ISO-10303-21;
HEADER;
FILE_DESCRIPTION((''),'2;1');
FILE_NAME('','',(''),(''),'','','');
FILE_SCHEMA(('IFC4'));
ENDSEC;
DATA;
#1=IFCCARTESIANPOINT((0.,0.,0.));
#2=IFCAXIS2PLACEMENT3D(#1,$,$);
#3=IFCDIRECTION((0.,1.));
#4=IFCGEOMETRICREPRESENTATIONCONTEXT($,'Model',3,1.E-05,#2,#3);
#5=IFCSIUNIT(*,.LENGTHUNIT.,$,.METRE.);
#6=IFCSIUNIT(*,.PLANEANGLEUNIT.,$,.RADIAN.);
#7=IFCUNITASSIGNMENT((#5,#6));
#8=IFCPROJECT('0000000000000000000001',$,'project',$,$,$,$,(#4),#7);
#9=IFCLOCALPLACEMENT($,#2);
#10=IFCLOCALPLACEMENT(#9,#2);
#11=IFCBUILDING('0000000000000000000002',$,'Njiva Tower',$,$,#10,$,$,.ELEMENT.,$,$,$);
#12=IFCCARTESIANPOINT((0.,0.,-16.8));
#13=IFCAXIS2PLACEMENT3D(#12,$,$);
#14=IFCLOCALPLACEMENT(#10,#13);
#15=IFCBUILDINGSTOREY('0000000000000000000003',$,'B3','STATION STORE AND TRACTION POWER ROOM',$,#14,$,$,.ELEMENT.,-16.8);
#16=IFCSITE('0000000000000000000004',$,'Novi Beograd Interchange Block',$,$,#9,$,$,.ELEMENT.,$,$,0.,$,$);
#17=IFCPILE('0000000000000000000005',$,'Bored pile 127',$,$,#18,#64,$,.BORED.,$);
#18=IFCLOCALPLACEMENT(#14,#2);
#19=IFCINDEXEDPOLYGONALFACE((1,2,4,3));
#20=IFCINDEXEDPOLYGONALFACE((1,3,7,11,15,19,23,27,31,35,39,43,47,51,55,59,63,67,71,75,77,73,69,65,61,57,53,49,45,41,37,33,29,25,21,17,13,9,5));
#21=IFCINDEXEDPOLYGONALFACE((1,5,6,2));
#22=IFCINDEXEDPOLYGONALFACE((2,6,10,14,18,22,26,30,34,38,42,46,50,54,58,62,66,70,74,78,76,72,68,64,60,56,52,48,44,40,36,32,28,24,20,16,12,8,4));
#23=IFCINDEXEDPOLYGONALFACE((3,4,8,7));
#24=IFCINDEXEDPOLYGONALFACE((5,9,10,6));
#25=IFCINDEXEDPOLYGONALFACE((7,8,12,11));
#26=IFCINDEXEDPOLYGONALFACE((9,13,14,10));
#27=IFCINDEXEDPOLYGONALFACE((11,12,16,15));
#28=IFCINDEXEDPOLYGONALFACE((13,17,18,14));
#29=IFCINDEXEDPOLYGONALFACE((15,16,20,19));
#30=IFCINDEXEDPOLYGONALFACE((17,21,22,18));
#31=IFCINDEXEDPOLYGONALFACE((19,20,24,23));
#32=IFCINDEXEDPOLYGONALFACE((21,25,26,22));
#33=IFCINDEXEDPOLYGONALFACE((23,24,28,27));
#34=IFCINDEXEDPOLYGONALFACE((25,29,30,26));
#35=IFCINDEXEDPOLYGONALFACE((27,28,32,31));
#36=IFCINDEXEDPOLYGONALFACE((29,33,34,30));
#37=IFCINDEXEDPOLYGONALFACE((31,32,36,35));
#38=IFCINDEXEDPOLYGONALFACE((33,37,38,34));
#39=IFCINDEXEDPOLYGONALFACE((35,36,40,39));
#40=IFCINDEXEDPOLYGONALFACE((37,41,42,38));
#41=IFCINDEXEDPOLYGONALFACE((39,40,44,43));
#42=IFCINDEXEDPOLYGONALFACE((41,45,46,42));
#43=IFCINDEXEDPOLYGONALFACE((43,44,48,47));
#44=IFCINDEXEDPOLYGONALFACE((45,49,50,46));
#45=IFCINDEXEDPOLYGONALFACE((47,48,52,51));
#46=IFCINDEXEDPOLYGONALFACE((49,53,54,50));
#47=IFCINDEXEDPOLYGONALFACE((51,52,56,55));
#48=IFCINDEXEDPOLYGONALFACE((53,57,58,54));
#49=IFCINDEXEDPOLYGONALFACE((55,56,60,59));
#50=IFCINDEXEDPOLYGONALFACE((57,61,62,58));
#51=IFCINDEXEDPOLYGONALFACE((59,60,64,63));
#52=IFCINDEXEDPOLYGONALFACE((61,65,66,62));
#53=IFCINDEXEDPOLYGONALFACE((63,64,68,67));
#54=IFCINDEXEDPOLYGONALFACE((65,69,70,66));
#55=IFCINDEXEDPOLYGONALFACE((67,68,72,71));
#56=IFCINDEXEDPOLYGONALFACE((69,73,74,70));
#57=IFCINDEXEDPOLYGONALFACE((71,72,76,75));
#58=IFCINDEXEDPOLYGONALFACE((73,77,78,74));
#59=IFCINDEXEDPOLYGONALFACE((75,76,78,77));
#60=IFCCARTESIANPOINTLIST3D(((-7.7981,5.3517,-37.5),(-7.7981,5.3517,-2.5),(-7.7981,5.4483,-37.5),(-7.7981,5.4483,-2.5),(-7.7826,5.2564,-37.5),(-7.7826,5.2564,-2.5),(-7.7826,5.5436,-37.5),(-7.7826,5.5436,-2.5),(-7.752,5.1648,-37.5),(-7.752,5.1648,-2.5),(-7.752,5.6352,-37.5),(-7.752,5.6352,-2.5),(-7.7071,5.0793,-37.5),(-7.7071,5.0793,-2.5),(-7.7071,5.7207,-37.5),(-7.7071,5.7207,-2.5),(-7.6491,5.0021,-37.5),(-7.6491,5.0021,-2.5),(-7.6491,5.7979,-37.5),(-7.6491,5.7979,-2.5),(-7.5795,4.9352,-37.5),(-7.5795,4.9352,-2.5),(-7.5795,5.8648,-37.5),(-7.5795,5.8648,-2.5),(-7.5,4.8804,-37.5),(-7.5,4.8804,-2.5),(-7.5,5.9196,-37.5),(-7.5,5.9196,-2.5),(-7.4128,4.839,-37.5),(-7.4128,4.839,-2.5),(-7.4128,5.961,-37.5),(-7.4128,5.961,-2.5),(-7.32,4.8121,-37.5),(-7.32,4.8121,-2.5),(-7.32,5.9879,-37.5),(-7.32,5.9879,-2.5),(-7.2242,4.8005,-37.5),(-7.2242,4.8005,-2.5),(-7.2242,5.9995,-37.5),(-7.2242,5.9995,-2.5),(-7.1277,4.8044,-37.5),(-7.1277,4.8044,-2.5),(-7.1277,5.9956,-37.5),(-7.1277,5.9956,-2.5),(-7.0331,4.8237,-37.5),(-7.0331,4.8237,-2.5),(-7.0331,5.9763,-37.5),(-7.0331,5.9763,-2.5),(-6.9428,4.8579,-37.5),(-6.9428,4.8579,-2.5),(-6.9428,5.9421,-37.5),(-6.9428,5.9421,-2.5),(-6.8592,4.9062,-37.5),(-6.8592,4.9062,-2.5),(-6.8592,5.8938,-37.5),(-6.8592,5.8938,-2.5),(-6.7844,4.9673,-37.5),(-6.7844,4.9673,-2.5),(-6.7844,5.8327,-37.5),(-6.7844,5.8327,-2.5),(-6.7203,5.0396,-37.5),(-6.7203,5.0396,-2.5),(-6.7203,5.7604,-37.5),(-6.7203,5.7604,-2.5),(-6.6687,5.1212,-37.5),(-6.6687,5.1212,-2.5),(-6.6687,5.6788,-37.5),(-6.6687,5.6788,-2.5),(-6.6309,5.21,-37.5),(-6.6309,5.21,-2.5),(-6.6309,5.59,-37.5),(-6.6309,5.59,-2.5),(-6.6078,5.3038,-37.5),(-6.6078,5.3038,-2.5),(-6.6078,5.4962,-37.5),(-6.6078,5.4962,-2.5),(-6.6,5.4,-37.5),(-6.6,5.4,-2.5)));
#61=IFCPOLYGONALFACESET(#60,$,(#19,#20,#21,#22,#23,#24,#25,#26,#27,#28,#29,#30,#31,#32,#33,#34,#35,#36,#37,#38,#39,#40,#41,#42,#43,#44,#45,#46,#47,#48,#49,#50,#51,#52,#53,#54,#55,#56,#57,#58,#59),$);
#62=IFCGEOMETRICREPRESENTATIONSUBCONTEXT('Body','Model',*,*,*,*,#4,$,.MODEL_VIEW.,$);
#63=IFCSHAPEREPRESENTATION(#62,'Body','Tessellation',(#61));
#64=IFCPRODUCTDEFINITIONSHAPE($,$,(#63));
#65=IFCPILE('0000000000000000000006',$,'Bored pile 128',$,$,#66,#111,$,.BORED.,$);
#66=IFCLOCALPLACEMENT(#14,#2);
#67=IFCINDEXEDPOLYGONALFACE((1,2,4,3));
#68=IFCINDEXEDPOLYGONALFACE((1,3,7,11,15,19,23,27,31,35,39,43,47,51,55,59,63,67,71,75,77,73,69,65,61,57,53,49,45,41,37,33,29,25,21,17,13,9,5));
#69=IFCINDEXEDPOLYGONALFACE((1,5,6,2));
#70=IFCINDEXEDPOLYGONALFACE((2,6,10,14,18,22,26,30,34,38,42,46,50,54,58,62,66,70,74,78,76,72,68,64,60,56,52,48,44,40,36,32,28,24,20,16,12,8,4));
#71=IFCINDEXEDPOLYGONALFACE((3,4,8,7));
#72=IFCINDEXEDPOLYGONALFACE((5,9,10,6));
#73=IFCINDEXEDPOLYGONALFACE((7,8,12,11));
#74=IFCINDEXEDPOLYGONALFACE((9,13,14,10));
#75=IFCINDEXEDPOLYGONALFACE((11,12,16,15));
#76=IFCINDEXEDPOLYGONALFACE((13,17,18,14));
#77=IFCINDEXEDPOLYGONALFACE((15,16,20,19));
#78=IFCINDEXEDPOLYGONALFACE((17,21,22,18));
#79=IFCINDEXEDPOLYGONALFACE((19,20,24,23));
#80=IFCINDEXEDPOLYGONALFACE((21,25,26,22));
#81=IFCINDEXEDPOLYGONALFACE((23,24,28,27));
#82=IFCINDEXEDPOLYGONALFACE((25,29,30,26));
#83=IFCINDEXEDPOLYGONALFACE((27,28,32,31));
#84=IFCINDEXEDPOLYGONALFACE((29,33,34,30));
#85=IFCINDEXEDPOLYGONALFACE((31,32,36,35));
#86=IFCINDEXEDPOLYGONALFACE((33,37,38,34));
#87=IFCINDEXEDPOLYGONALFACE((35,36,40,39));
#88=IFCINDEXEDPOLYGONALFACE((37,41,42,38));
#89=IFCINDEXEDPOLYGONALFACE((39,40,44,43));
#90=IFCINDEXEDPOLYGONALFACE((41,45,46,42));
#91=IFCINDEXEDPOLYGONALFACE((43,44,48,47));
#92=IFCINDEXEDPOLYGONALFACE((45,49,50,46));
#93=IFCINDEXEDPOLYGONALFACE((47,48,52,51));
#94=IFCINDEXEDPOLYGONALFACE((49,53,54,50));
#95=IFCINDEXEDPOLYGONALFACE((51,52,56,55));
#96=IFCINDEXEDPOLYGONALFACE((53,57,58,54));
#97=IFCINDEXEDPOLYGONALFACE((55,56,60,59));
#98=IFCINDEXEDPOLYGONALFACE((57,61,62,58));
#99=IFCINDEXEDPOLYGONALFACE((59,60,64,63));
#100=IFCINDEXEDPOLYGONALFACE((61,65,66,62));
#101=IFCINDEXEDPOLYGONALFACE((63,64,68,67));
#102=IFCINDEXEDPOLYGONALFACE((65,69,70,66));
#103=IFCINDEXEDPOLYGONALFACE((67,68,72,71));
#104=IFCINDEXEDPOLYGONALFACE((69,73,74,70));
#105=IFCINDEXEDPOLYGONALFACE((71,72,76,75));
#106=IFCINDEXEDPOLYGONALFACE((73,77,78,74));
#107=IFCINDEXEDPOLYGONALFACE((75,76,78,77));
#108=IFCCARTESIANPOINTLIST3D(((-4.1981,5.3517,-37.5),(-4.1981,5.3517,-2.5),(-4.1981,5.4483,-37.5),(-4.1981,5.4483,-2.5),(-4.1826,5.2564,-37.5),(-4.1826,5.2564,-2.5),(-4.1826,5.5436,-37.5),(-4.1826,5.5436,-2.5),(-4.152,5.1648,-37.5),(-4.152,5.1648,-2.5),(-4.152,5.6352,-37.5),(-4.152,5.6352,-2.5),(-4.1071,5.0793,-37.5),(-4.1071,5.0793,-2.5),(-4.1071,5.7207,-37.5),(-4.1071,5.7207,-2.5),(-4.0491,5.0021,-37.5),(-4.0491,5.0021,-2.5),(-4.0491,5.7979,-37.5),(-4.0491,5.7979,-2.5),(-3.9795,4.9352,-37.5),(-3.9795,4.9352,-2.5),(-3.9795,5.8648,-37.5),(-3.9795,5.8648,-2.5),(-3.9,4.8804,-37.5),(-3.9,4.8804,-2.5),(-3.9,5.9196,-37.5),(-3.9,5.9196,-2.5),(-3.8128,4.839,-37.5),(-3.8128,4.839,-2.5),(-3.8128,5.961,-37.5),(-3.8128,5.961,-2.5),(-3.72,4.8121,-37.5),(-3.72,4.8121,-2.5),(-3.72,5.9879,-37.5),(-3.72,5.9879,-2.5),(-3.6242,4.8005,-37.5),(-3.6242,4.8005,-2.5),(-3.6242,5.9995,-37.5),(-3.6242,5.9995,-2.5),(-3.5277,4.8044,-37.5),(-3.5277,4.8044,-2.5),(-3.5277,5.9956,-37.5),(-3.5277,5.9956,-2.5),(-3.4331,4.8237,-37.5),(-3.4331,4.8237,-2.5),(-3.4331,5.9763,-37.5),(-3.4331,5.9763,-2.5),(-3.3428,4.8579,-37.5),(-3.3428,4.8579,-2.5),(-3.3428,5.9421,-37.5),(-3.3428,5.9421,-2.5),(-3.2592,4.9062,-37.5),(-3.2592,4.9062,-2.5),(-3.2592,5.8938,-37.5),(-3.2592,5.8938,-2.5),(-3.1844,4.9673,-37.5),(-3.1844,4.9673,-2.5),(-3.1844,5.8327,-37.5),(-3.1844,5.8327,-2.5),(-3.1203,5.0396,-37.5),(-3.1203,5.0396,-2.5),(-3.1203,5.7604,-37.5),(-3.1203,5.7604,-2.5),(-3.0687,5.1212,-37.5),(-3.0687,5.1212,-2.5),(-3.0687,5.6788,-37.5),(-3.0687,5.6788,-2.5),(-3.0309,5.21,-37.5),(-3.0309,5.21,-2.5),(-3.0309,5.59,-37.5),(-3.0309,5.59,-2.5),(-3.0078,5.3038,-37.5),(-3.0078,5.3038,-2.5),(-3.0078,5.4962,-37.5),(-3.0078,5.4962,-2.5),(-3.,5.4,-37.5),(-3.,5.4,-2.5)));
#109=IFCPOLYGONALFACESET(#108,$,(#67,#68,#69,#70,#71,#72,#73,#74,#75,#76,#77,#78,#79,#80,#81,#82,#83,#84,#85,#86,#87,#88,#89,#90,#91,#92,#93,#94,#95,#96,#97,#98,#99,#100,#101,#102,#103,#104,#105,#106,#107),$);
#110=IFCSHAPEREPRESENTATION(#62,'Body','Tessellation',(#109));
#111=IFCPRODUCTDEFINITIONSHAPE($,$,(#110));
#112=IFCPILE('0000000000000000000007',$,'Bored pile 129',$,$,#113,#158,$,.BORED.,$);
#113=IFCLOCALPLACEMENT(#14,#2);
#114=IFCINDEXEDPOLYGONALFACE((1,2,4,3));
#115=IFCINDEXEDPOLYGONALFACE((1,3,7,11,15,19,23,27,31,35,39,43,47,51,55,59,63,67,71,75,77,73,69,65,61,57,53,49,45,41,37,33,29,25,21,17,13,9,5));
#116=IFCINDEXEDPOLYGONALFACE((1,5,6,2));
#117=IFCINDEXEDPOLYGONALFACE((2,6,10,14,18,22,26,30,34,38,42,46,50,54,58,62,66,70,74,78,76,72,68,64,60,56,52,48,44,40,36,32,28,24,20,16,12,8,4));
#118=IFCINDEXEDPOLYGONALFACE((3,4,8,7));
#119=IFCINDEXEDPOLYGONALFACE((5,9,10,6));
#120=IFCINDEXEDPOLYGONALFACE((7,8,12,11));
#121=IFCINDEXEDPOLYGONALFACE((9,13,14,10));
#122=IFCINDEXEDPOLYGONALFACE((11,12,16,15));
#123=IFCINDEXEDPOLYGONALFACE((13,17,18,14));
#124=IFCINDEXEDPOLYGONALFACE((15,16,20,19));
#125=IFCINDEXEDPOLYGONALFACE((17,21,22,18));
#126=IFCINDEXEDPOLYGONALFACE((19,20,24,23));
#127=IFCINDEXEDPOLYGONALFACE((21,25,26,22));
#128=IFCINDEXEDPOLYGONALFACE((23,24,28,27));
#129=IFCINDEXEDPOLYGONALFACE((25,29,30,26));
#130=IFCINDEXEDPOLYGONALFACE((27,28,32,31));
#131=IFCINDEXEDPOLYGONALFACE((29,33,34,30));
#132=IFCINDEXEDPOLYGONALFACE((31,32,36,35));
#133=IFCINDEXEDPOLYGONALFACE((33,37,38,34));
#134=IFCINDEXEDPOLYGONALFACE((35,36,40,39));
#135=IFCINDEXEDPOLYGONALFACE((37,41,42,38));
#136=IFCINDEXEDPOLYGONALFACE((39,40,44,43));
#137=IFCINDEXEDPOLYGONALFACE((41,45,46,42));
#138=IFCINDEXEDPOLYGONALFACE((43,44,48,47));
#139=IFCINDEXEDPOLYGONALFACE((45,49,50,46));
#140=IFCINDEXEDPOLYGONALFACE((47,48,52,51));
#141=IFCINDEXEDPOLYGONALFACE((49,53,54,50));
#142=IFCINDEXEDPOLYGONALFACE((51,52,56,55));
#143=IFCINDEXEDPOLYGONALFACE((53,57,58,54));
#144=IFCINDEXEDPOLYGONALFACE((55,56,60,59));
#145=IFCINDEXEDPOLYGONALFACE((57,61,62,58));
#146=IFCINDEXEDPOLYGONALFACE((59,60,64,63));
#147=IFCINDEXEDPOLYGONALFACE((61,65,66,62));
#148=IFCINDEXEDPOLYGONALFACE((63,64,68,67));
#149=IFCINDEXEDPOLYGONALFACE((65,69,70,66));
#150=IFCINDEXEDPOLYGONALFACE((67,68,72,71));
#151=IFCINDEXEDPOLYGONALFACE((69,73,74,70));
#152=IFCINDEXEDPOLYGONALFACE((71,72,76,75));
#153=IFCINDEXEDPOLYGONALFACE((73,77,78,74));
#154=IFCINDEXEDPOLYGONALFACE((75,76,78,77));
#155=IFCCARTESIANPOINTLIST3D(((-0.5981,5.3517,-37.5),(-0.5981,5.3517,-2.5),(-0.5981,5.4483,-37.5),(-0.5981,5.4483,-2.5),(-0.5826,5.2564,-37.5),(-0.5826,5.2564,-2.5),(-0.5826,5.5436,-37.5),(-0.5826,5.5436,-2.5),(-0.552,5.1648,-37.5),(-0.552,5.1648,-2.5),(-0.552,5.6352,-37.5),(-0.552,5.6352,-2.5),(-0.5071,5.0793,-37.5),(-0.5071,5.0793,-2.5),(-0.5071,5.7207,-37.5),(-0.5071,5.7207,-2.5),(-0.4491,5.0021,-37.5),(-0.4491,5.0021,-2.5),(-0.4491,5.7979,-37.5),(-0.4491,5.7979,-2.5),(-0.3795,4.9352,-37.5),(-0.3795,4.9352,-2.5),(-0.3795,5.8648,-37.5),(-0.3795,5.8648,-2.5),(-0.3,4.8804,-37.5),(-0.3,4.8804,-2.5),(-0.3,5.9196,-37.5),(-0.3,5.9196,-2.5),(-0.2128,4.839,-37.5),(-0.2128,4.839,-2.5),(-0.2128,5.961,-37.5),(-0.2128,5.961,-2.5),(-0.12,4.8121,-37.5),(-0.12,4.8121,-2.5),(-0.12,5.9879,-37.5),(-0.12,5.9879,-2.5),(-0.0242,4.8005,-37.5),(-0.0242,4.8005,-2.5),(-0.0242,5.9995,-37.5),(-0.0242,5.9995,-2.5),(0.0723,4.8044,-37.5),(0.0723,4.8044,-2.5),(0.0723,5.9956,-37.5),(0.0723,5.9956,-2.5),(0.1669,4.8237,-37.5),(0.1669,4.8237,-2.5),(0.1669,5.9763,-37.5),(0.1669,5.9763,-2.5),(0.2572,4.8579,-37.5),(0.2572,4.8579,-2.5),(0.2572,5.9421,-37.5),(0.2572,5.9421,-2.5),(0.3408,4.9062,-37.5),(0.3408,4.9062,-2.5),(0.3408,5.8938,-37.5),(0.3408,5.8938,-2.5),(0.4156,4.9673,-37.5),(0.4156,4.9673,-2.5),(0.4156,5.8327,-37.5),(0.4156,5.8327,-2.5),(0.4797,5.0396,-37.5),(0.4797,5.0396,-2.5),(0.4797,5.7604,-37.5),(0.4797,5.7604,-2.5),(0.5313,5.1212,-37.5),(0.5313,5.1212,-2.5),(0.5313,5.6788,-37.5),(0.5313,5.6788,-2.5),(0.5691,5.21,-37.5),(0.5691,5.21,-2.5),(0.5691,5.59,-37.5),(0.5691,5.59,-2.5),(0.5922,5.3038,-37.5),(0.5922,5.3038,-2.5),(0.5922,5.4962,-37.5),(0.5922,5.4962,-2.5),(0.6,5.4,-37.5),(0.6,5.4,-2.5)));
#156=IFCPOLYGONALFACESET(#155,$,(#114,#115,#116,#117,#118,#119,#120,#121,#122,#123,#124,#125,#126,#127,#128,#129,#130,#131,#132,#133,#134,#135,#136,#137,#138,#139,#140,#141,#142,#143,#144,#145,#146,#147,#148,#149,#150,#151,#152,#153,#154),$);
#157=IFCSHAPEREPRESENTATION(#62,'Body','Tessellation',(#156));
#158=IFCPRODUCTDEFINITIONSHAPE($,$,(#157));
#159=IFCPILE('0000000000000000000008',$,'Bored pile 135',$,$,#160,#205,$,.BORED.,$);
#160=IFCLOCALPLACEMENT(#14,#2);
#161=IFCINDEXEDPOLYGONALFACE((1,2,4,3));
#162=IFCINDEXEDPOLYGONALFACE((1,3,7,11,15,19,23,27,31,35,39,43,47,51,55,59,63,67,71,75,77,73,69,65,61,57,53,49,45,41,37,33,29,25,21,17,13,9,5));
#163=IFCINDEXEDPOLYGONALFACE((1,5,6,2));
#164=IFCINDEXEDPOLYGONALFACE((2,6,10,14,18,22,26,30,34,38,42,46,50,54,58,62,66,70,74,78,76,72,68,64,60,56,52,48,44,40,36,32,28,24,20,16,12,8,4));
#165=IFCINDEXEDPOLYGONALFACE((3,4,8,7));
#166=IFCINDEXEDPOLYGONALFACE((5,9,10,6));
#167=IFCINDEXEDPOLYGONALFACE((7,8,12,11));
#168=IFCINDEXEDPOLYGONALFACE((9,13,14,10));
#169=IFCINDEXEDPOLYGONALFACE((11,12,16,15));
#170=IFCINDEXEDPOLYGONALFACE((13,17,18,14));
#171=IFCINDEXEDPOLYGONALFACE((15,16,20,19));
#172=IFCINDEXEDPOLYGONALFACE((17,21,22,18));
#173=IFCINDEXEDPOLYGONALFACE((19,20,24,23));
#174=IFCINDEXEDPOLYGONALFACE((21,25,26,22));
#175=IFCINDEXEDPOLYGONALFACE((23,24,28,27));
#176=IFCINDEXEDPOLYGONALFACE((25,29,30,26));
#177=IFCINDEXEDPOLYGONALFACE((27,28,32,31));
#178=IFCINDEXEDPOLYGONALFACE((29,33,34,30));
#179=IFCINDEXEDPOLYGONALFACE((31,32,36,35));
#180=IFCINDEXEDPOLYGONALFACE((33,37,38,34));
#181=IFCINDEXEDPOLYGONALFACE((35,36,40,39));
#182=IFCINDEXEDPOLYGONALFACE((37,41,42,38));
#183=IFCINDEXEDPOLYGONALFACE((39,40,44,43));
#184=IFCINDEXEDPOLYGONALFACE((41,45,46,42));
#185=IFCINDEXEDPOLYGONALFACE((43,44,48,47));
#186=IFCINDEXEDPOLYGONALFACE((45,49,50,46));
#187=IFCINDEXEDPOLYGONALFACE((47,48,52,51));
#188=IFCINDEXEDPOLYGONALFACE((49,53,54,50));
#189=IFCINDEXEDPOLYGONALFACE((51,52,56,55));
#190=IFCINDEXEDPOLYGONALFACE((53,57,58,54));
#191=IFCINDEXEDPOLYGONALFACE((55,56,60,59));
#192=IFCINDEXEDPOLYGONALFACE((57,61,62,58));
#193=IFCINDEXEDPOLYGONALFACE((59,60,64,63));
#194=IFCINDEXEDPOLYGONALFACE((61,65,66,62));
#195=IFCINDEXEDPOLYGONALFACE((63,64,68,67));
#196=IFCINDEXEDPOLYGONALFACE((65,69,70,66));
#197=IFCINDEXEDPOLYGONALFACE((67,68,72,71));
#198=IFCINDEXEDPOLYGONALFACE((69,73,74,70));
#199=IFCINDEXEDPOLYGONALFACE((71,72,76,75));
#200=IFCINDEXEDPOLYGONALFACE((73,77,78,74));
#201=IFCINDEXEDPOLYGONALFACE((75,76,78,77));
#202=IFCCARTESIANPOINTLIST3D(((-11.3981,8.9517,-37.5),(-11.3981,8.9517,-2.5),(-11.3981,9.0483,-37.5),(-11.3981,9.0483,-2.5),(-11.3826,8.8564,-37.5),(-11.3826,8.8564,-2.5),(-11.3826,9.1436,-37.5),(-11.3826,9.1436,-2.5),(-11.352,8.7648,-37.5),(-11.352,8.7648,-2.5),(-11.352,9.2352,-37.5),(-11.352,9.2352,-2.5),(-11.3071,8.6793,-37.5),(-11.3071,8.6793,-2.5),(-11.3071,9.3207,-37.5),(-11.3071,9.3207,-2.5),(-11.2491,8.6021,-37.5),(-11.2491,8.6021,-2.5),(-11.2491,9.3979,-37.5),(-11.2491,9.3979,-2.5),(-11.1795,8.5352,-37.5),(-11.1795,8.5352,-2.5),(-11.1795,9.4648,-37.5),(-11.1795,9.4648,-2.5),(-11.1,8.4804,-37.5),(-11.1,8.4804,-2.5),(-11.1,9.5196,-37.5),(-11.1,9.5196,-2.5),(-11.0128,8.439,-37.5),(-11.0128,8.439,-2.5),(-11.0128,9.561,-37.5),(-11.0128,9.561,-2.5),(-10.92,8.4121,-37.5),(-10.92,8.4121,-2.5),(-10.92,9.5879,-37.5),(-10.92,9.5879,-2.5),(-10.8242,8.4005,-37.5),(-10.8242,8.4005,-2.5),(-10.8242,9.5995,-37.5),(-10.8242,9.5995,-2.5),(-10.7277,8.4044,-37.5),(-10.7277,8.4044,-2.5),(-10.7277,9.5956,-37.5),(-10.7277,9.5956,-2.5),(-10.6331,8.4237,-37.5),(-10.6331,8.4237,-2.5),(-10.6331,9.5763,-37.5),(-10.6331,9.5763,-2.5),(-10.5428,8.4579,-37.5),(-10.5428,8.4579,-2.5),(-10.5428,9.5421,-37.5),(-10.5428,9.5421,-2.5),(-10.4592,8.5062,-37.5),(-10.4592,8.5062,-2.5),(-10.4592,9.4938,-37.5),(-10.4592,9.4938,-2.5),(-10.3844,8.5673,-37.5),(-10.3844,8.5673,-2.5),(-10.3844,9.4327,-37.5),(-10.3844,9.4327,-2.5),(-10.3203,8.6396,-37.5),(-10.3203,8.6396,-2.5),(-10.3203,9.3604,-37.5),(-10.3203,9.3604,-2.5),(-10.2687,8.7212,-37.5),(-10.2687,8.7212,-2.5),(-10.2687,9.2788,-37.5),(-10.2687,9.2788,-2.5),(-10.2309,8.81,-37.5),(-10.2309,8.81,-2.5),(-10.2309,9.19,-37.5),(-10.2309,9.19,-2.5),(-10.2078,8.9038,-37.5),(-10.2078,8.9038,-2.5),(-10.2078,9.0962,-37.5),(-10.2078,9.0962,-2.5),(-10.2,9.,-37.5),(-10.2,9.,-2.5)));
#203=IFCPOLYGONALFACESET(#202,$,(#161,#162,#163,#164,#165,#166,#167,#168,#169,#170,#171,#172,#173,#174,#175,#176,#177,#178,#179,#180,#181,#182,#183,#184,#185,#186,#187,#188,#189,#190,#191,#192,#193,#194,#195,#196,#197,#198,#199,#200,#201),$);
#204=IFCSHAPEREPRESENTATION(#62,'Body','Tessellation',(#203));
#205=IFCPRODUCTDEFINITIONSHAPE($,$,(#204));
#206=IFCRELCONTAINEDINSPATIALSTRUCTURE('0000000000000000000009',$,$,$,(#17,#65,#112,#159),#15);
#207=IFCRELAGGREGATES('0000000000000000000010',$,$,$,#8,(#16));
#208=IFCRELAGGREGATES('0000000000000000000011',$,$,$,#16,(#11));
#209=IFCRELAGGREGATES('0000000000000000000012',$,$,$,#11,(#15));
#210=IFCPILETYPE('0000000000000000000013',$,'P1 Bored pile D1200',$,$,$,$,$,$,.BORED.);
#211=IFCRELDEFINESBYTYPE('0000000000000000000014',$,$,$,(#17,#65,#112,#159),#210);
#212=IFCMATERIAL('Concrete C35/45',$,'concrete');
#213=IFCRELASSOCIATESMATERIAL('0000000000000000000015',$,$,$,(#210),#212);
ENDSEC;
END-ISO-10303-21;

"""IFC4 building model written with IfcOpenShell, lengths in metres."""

from ifc_helpers import new_model, si_unit, direction, frame, origin, origin_2d, place, context, subcontext, project, spatial, circle, extrude, material, material_profile, profile_set, type_object, element, save


model = new_model("IFC4")

# Units and contexts
model_context = context("Model", 3, precision=1e-05, world=origin(), true_north=direction((0.0, 1.0)))
body_context = subcontext(model_context, "Body", "Model", "MODEL_VIEW")
ifc_project = project(units=[si_unit("LENGTHUNIT", "METRE"), si_unit("PLANEANGLEUNIT", "RADIAN")], contexts=[model_context])

# Site, building, storey
site_placement = place(None, origin())
site = spatial("IfcSite", under=ifc_project, at=site_placement, Name="Novi Beograd Interchange Block", CompositionType="ELEMENT", RefElevation=0.0)
building_placement = place(site_placement, origin())
building = spatial("IfcBuilding", under=site, at=building_placement, Name="Njiva Tower", CompositionType="ELEMENT")
storey_placement = place(building_placement, frame((0.0, 0.0, -16.8)))
storey = spatial("IfcBuildingStorey", under=building, at=storey_placement, Name="B3", Description="STATION STORE AND TRACTION POWER ROOM", CompositionType="ELEMENT", Elevation=-16.8)

# Piles
ifc_material_1 = material(Name="Concrete C35/45", Category="concrete")
ifc_material_profile_1 = material_profile(ifc_material_1, circle(Radius=0.6, at=origin_2d()), Name="D1200")
ifc_profile_set_1 = profile_set([ifc_material_profile_1], Name="Concrete C35/45")
pile_type = type_object("IfcPileType", Name="P1 Bored pile D1200", PredefinedType="BORED", material=ifc_profile_set_1)
for number, where, z_axis, x_axis, name in (
    (1, (-7.2, 5.4, -2.5), (0.0, 0.0, -1.0), (1.0, 0.0, 0.0), "Bored pile 127"),
    (2, (-3.6, 5.4, -2.5), (0.0, 0.0, -1.0), (1.0, 0.0, 0.0), "Bored pile 128"),
    (3, (0.0, 5.4, -2.5), (0.0, 0.0, -1.0), (1.0, 0.0, 0.0), "Bored pile 129"),
    (4, (-10.8, 9.0, -2.5), (0.0, 0.0, -1.0), (1.0, 0.0, 0.0), "Bored pile 135"),
):
    element("IfcPile", number, at=place(storey_placement, frame(where, z_axis=z_axis, x_axis=x_axis)), inside=storey, type_object=pile_type, Name=name, PredefinedType="BORED", context=body_context, shape_type="SweptSolid", body=[
        extrude(circle(Radius=0.6, at=origin_2d()), origin(), (0.0, 0.0, 1.0), 35.0),
    ])

save(model, "model.ifc")
